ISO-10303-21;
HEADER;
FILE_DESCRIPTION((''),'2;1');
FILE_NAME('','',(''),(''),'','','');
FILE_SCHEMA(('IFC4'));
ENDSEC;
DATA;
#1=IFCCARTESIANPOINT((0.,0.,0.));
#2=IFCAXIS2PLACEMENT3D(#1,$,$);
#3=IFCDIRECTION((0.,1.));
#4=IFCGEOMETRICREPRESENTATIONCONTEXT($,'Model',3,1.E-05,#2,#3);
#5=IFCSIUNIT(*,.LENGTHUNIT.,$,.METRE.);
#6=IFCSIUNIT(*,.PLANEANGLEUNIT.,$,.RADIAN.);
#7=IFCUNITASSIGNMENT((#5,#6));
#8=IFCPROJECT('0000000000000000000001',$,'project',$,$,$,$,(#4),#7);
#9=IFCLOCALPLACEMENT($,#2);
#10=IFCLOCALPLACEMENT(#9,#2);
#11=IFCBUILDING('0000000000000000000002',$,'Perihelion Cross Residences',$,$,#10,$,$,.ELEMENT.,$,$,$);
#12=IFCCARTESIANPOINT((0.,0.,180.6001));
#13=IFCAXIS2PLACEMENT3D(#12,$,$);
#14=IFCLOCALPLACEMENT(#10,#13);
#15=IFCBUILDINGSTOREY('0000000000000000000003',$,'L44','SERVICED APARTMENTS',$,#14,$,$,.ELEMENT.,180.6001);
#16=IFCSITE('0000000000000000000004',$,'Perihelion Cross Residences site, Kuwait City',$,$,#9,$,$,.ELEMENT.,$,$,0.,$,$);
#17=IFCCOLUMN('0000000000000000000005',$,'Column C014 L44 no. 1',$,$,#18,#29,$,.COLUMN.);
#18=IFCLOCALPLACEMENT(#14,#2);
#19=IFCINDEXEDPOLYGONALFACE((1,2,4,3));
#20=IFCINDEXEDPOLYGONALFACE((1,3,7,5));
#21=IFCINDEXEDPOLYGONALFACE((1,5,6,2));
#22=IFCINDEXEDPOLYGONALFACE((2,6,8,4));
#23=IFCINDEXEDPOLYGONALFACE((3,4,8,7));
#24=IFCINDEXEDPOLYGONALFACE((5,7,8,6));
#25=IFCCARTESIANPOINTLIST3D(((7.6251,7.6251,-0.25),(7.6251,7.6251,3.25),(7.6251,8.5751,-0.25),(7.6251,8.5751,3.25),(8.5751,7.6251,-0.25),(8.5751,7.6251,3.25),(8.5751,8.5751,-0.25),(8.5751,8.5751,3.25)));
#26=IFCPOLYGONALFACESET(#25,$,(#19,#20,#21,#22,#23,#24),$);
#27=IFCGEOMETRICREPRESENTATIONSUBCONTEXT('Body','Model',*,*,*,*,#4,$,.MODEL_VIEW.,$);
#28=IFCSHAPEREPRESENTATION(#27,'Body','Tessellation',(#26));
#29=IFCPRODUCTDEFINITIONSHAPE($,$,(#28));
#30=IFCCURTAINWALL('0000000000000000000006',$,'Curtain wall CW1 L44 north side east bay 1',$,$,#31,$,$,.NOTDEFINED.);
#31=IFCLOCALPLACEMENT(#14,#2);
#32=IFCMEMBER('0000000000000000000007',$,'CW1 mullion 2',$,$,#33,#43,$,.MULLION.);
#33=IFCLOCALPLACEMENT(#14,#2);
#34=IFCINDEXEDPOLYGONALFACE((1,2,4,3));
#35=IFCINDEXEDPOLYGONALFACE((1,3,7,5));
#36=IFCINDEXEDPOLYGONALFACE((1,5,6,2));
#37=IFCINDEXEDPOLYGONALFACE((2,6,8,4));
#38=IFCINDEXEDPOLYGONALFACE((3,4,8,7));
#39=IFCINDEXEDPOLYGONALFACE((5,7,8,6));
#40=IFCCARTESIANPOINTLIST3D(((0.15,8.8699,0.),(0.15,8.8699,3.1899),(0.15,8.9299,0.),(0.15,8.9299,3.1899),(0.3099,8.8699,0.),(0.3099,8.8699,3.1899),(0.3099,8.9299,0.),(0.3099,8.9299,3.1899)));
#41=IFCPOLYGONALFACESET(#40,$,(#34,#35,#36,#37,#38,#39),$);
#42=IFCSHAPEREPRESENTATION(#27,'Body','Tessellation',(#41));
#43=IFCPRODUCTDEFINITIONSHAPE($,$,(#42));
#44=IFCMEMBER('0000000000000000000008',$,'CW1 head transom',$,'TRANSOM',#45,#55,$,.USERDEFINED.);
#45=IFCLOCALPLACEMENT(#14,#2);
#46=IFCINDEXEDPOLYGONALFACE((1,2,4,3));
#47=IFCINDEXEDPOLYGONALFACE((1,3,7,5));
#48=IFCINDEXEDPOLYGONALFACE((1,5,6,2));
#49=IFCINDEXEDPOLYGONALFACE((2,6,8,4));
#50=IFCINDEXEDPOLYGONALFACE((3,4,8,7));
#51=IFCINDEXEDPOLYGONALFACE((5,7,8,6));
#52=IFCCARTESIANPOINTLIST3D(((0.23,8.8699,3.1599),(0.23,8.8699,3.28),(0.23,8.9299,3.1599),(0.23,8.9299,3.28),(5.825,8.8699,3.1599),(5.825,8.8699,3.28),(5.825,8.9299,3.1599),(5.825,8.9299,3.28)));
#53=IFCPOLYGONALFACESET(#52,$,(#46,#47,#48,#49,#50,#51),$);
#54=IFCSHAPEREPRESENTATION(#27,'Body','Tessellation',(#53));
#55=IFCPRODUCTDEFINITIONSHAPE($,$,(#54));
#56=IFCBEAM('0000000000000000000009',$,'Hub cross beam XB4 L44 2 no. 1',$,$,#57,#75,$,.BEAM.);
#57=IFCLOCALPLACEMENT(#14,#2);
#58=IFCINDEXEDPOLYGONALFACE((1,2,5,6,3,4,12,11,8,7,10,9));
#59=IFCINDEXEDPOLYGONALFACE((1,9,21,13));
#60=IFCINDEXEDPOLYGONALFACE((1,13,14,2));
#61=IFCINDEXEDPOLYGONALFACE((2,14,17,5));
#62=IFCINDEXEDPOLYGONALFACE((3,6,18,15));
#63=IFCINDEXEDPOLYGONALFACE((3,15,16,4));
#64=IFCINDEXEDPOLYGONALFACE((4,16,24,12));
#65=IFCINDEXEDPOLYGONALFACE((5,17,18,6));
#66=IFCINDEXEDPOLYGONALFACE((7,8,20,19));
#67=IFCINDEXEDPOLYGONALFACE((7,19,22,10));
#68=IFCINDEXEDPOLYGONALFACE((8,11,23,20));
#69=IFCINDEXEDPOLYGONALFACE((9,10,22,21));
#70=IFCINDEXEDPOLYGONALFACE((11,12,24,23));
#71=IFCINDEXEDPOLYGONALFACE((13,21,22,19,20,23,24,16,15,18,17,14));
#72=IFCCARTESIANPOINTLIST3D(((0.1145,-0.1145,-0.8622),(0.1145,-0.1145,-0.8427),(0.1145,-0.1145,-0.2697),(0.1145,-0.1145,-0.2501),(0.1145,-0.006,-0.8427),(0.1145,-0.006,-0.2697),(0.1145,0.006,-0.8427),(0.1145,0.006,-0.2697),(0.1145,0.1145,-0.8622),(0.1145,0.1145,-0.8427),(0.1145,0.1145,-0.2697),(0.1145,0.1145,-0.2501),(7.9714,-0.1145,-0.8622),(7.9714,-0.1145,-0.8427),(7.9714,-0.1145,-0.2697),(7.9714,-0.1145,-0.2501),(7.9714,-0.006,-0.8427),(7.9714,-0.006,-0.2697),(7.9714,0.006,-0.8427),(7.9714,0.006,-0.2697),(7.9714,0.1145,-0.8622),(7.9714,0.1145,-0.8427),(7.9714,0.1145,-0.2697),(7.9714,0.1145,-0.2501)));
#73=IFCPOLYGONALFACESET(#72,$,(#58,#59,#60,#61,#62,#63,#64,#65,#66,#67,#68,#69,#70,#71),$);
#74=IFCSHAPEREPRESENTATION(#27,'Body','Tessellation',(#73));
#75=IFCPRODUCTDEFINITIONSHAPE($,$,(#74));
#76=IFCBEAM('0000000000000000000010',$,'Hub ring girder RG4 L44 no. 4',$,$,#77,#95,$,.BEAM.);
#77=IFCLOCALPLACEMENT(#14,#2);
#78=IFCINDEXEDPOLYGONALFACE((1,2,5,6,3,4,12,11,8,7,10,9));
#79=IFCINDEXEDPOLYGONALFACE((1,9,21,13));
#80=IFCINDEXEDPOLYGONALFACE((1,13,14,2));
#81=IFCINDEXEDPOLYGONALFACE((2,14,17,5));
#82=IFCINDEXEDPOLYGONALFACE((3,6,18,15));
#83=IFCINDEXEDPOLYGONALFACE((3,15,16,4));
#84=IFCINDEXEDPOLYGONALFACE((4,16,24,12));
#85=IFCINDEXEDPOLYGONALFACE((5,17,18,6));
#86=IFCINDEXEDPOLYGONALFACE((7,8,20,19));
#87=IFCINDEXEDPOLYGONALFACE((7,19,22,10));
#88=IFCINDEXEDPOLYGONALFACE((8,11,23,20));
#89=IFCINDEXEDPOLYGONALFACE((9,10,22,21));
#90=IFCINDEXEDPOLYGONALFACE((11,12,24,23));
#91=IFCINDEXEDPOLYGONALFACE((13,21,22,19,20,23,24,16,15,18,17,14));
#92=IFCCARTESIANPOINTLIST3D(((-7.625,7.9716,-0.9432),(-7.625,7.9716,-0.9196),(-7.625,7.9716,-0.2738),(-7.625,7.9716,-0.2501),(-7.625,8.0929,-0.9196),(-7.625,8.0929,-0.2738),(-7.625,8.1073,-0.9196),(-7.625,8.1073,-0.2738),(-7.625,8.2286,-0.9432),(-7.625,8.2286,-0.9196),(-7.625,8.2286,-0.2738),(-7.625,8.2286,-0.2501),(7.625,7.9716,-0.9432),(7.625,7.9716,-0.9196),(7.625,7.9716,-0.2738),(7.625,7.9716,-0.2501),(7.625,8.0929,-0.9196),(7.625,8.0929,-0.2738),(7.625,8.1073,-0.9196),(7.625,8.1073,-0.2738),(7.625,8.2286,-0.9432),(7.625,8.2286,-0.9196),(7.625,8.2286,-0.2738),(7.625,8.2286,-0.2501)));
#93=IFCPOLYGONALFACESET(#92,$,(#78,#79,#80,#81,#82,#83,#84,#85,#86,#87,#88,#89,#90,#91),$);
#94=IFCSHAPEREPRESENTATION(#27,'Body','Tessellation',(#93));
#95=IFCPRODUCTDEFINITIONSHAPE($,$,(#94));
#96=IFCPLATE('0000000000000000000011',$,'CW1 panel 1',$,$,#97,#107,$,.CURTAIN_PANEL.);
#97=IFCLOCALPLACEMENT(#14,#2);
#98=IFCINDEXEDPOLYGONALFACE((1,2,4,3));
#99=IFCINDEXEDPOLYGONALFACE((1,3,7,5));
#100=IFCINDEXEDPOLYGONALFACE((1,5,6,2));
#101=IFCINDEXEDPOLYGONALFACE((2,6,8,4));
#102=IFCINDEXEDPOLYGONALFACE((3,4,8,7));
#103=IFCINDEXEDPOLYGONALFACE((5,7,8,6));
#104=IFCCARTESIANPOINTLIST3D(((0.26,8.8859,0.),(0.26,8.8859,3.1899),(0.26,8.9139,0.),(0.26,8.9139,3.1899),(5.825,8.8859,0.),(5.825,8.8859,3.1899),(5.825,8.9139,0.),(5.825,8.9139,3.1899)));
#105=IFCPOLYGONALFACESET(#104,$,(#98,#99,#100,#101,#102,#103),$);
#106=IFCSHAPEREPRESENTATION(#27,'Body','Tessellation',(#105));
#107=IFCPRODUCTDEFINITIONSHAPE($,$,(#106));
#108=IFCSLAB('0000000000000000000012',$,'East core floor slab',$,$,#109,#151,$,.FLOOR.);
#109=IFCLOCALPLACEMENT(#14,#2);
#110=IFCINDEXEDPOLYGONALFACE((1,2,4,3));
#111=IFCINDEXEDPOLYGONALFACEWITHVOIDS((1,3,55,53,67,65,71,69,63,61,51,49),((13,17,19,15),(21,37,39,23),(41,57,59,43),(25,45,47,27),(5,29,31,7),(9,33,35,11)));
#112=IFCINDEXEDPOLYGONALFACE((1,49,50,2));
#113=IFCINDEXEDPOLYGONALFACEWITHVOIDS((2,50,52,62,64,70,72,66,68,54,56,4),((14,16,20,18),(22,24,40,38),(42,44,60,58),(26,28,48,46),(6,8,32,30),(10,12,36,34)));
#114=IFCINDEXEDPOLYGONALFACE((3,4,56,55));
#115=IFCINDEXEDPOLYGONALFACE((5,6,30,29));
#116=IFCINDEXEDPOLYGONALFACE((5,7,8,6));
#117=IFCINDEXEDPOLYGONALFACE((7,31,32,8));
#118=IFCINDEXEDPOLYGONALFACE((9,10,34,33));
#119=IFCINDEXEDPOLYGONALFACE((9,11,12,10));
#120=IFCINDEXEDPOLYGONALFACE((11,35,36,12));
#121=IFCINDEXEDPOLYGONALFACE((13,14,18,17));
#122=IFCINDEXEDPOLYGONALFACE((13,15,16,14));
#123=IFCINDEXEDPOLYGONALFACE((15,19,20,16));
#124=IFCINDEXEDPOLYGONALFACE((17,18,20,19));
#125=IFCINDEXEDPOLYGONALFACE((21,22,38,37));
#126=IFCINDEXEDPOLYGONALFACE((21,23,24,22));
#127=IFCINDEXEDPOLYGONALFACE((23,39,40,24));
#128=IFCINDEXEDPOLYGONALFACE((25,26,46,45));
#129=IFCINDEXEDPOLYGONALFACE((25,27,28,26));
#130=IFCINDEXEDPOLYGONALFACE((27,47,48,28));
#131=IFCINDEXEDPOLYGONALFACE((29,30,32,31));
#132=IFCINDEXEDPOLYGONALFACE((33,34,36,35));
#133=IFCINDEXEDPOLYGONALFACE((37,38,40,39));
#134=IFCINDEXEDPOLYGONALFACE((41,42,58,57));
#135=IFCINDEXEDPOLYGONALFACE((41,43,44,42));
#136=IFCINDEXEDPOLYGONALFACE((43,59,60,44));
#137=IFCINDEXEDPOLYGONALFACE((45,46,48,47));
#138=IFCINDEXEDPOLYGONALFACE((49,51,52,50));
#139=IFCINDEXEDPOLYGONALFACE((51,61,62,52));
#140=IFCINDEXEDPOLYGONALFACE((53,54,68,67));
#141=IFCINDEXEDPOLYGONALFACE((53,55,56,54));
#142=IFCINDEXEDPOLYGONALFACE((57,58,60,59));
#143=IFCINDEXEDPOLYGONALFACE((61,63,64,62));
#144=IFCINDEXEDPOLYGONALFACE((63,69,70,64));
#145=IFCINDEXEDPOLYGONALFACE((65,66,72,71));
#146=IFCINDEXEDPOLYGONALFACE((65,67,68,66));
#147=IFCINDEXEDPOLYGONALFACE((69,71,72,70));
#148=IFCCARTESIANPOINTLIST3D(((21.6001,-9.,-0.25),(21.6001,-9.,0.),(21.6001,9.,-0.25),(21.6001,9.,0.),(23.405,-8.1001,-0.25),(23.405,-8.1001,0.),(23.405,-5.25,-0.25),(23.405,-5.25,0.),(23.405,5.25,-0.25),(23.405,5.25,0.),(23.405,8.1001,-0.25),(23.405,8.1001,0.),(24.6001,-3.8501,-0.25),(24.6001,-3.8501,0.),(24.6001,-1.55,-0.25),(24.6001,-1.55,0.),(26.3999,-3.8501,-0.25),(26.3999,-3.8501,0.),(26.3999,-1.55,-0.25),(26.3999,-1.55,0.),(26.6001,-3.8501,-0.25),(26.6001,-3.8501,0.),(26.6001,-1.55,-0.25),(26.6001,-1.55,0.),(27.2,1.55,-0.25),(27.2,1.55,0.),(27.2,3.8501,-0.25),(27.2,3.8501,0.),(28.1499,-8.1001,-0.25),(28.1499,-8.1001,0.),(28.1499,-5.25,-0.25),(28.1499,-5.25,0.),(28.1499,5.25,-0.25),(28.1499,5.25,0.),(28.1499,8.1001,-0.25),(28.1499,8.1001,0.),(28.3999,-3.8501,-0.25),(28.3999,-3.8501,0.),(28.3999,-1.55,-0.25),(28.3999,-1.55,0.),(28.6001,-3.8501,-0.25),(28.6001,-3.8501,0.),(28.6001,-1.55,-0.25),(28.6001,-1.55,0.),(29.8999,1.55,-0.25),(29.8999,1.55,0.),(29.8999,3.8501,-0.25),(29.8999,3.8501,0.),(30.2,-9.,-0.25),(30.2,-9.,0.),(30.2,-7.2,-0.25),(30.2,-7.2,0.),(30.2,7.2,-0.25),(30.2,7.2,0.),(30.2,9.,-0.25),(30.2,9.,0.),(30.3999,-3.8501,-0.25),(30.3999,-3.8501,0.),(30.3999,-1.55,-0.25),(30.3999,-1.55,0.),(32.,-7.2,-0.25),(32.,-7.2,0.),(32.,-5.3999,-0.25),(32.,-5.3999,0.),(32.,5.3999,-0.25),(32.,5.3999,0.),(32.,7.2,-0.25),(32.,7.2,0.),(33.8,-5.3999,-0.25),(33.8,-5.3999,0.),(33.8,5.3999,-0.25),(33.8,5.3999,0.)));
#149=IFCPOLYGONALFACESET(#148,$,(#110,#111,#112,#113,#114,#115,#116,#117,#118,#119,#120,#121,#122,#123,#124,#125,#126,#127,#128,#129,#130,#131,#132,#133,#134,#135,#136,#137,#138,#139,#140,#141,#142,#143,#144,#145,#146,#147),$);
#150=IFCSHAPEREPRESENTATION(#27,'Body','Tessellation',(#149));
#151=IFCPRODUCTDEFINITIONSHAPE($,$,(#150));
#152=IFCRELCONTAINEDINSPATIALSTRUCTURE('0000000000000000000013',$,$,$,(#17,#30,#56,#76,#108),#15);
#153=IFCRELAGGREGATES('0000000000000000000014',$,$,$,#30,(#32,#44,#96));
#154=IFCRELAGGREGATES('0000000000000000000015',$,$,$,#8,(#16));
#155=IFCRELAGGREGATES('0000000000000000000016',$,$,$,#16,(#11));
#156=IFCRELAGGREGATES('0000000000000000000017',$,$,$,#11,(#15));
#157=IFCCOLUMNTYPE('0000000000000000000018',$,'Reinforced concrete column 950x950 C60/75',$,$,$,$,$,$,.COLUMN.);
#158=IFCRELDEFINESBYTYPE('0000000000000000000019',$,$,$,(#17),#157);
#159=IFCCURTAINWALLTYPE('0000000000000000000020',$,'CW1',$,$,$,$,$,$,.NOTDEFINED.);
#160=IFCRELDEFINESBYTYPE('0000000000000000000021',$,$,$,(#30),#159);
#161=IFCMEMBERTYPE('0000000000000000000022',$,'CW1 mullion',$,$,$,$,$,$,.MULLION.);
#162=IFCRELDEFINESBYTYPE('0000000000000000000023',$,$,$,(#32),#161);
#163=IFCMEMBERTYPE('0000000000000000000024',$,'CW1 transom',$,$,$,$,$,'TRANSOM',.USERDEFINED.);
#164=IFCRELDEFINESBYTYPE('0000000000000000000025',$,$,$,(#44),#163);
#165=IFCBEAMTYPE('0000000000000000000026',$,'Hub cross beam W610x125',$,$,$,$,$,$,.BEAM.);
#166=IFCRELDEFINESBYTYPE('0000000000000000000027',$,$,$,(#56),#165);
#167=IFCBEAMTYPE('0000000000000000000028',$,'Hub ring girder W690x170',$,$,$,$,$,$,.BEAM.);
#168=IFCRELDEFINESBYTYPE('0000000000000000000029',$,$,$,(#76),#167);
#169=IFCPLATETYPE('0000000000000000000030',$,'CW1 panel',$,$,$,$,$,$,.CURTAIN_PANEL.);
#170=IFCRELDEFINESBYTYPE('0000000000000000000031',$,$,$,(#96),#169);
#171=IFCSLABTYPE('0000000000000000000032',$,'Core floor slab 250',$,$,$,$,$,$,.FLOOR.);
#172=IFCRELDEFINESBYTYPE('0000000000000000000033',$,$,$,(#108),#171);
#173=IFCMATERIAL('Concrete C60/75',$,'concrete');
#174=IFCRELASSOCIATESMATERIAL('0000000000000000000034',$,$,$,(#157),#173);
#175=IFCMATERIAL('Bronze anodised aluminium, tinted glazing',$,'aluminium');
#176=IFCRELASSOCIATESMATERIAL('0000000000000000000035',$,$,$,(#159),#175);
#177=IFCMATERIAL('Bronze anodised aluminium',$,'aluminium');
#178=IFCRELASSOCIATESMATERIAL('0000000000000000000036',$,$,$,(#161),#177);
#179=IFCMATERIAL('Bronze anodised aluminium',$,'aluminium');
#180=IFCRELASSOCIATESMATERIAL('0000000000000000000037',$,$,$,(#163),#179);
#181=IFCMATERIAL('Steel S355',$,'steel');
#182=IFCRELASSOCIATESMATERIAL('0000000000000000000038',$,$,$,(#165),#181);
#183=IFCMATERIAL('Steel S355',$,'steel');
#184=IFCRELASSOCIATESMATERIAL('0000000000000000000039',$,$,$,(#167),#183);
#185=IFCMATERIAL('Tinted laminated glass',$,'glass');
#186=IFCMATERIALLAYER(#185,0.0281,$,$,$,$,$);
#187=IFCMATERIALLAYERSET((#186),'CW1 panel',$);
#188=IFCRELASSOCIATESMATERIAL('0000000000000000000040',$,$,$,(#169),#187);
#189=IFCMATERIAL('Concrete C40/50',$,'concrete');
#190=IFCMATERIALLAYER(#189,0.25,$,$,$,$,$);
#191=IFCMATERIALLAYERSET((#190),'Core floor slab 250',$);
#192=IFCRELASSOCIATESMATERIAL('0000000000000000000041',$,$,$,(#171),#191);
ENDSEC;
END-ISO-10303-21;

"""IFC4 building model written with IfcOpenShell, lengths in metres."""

from ifc_helpers import new_model, si_unit, direction, frame, origin, origin_2d, place, context, subcontext, project, spatial, polyline, rectangle, i_section, outline, extrude, material, layer, layer_set, material_profile, profile_set, type_object, element, aggregate, save


model = new_model("IFC4")

# Units and contexts
model_context = context("Model", 3, precision=1e-05, world=origin(), true_north=direction((0.0, 1.0)))
body_context = subcontext(model_context, "Body", "Model", "MODEL_VIEW")
ifc_project = project(units=[si_unit("LENGTHUNIT", "METRE"), si_unit("PLANEANGLEUNIT", "RADIAN")], contexts=[model_context])

# Site, building, storey
site_placement = place(None, origin())
site = spatial("IfcSite", under=ifc_project, at=site_placement, Name="Perihelion Cross Residences site, Kuwait City", CompositionType="ELEMENT", RefElevation=0.0)
building_placement = place(site_placement, origin())
building = spatial("IfcBuilding", under=site, at=building_placement, Name="Perihelion Cross Residences", CompositionType="ELEMENT")
storey_placement = place(building_placement, frame((0.0, 0.0, 180.6001)))
storey = spatial("IfcBuildingStorey", under=building, at=storey_placement, Name="L44", Description="SERVICED APARTMENTS", CompositionType="ELEMENT", Elevation=180.6001)

# Column
ifc_material_1 = material(Name="Concrete C60/75", Category="concrete")
ifc_material_profile_1 = material_profile(ifc_material_1, rectangle(XDim=0.95, YDim=0.95, at=origin_2d()), Name="RC 950x950")
ifc_profile_set_1 = profile_set([ifc_material_profile_1], Name="Concrete C60/75")
column_type = type_object("IfcColumnType", Name="Reinforced concrete column 950x950 C60/75", PredefinedType="COLUMN", material=ifc_profile_set_1)
column_placement = place(storey_placement, frame((8.1001, 8.1001, -0.25), z_axis=(0.0, 0.0, 1.0), x_axis=(1.0, 0.0, 0.0)))
element("IfcColumn", 1, at=column_placement, inside=storey, type_object=column_type, Name="Column C014 L44 no. 1", PredefinedType="COLUMN", context=body_context, shape_type="SweptSolid", body=[
    extrude(rectangle(XDim=0.95, YDim=0.95, at=origin_2d()), origin(), (0.0, 0.0, 1.0), 3.5),
])

# Curtain wall, members
ifc_material_2 = material(Name="Bronze anodised aluminium, tinted glazing", Category="aluminium")
curtain_wall_type = type_object("IfcCurtainWallType", Name="CW1", PredefinedType="NOTDEFINED", material=ifc_material_2)
curtain_wall_placement = place(storey_placement, origin())
curtain_wall = element("IfcCurtainWall", 2, at=curtain_wall_placement, inside=storey, type_object=curtain_wall_type, Name="Curtain wall CW1 L44 north side east bay 1", PredefinedType="NOTDEFINED")
ifc_material_3 = material(Name="Bronze anodised aluminium", Category="aluminium")
ifc_material_profile_2 = material_profile(ifc_material_3, rectangle(XDim=0.0601, YDim=0.1599, at=origin_2d()), Name="CW1 mullion")
ifc_profile_set_2 = profile_set([ifc_material_profile_2], Name="Bronze anodised aluminium")
member_type_1 = type_object("IfcMemberType", Name="CW1 mullion", PredefinedType="MULLION", material=ifc_profile_set_2)
member_1_placement = place(storey_placement, frame((0.23, 8.8999, 0.0), z_axis=(0.0, 0.0, 1.0), x_axis=(0.0, -1.0, 0.0)))
member_1 = element("IfcMember", 3, at=member_1_placement, type_object=member_type_1, Name="CW1 mullion 2", PredefinedType="MULLION", context=body_context, shape_type="SweptSolid", body=[
    extrude(rectangle(XDim=0.0601, YDim=0.1599, at=origin_2d()), origin(), (0.0, 0.0, 1.0), 3.1899),
])
ifc_material_4 = material(Name="Bronze anodised aluminium", Category="aluminium")
ifc_material_profile_3 = material_profile(ifc_material_4, rectangle(XDim=0.0601, YDim=0.1201, at=origin_2d()), Name="CW1 transom")
ifc_profile_set_3 = profile_set([ifc_material_profile_3], Name="Bronze anodised aluminium")
member_type_2 = type_object("IfcMemberType", Name="CW1 transom", ElementType="TRANSOM", PredefinedType="USERDEFINED", material=ifc_profile_set_3)
member_2_placement = place(storey_placement, frame((5.825, 8.8999, 3.22), z_axis=(-1.0, 0.0, 0.0), x_axis=(0.0, -1.0, 0.0)))
member_2 = element("IfcMember", 4, at=member_2_placement, type_object=member_type_2, Name="CW1 head transom", ObjectType="TRANSOM", PredefinedType="USERDEFINED", context=body_context, shape_type="SweptSolid", body=[
    extrude(rectangle(XDim=0.0601, YDim=0.1201, at=origin_2d()), origin(), (0.0, 0.0, 1.0), 5.595),
])

# Beams
ifc_material_5 = material(Name="Steel S355", Category="steel")
ifc_material_profile_4 = material_profile(ifc_material_5, i_section(OverallWidth=0.229, OverallDepth=0.6121, WebThickness=0.012, FlangeThickness=0.0195, at=origin_2d()), Name="W610x125")
ifc_profile_set_4 = profile_set([ifc_material_profile_4], Name="Steel S355")
beam_type_1 = type_object("IfcBeamType", Name="Hub cross beam W610x125", PredefinedType="BEAM", material=ifc_profile_set_4)
beam_1_placement = place(storey_placement, frame((0.1145, 0.0, -0.5562), z_axis=(1.0, 0.0, 0.0), x_axis=(0.0, 1.0, 0.0)))
element("IfcBeam", 5, at=beam_1_placement, inside=storey, type_object=beam_type_1, Name="Hub cross beam XB4 L44 2 no. 1", PredefinedType="BEAM", context=body_context, shape_type="SweptSolid", body=[
    extrude(i_section(OverallWidth=0.229, OverallDepth=0.6121, WebThickness=0.012, FlangeThickness=0.0195, at=origin_2d()), origin(), (0.0, 0.0, 1.0), 7.8569),
])
ifc_material_6 = material(Name="Steel S355", Category="steel")
ifc_material_profile_5 = material_profile(ifc_material_6, i_section(OverallWidth=0.2571, OverallDepth=0.6931, WebThickness=0.0144, FlangeThickness=0.0237, at=origin_2d()), Name="W690x170")
ifc_profile_set_5 = profile_set([ifc_material_profile_5], Name="Steel S355")
beam_type_2 = type_object("IfcBeamType", Name="Hub ring girder W690x170", PredefinedType="BEAM", material=ifc_profile_set_5)
beam_2_placement = place(storey_placement, frame((7.625, 8.1001, -0.5967), z_axis=(-1.0, 0.0, 0.0), x_axis=(0.0, -1.0, 0.0)))
element("IfcBeam", 6, at=beam_2_placement, inside=storey, type_object=beam_type_2, Name="Hub ring girder RG4 L44 no. 4", PredefinedType="BEAM", context=body_context, shape_type="SweptSolid", body=[
    extrude(i_section(OverallWidth=0.2571, OverallDepth=0.6931, WebThickness=0.0144, FlangeThickness=0.0237, at=origin_2d()), origin(), (0.0, 0.0, 1.0), 15.25),
])

# Plate
ifc_material_7 = material(Name="Tinted laminated glass", Category="glass")
ifc_layer_1 = layer(ifc_material_7, 0.0281)
ifc_layer_set_1 = layer_set([ifc_layer_1], Name="CW1 panel")
plate_type = type_object("IfcPlateType", Name="CW1 panel", PredefinedType="CURTAIN_PANEL", material=ifc_layer_set_1)
plate_placement = place(storey_placement, frame((3.0425, 8.8999, 0.0), z_axis=(0.0, 0.0, 1.0), x_axis=(-1.0, 0.0, 0.0)))
plate = element("IfcPlate", 7, at=plate_placement, type_object=plate_type, Name="CW1 panel 1", PredefinedType="CURTAIN_PANEL", context=body_context, shape_type="SweptSolid", body=[
    extrude(rectangle(XDim=5.5649, YDim=0.0281, at=origin_2d()), origin(), (0.0, 0.0, 1.0), 3.1899),
])
aggregate(curtain_wall, [member_1, member_2, plate])

# Slab
ifc_material_8 = material(Name="Concrete C40/50", Category="concrete")
ifc_layer_2 = layer(ifc_material_8, 0.25)
ifc_layer_set_2 = layer_set([ifc_layer_2], Name="Core floor slab 250")
slab_type = type_object("IfcSlabType", Name="Core floor slab 250", PredefinedType="FLOOR", material=ifc_layer_set_2)
slab_1_placement = place(storey_placement, frame((0.0, 0.0, -0.25)))
element("IfcSlab", 8, at=slab_1_placement, inside=storey, type_object=slab_type, Name="East core floor slab", PredefinedType="FLOOR", context=body_context, shape_type="SweptSolid", body=[
    extrude(outline(polyline([(30.2, 7.2), (32.0, 7.2), (32.0, 5.3999), (33.8, 5.3999), (33.8, -5.3999), (32.0, -5.3999), (32.0, -7.2), (30.2, -7.2), (30.2, -9.0), (21.6001, -9.0), (21.6001, 9.0), (30.2, 9.0), (30.2, 7.2)]), holes=[polyline([(28.1499, -8.1001), (28.1499, -5.25), (23.405, -5.25), (23.405, -8.1001), (28.1499, -8.1001)]), polyline([(24.6001, -1.55), (24.6001, -3.8501), (26.3999, -3.8501), (26.3999, -1.55), (24.6001, -1.55)]), polyline([(26.6001, -1.55), (26.6001, -3.8501), (28.3999, -3.8501), (28.3999, -1.55), (26.6001, -1.55)]), polyline([(28.6001, -3.8501), (30.3999, -3.8501), (30.3999, -1.55), (28.6001, -1.55), (28.6001, -3.8501)]), polyline([(27.2, 3.8501), (27.2, 1.55), (29.8999, 1.55), (29.8999, 3.8501), (27.2, 3.8501)]), polyline([(23.405, 5.25), (28.1499, 5.25), (28.1499, 8.1001), (23.405, 8.1001), (23.405, 5.25)])]), origin(), (0.0, 0.0, 1.0), 0.25),
])

save(model, "model.ifc")
